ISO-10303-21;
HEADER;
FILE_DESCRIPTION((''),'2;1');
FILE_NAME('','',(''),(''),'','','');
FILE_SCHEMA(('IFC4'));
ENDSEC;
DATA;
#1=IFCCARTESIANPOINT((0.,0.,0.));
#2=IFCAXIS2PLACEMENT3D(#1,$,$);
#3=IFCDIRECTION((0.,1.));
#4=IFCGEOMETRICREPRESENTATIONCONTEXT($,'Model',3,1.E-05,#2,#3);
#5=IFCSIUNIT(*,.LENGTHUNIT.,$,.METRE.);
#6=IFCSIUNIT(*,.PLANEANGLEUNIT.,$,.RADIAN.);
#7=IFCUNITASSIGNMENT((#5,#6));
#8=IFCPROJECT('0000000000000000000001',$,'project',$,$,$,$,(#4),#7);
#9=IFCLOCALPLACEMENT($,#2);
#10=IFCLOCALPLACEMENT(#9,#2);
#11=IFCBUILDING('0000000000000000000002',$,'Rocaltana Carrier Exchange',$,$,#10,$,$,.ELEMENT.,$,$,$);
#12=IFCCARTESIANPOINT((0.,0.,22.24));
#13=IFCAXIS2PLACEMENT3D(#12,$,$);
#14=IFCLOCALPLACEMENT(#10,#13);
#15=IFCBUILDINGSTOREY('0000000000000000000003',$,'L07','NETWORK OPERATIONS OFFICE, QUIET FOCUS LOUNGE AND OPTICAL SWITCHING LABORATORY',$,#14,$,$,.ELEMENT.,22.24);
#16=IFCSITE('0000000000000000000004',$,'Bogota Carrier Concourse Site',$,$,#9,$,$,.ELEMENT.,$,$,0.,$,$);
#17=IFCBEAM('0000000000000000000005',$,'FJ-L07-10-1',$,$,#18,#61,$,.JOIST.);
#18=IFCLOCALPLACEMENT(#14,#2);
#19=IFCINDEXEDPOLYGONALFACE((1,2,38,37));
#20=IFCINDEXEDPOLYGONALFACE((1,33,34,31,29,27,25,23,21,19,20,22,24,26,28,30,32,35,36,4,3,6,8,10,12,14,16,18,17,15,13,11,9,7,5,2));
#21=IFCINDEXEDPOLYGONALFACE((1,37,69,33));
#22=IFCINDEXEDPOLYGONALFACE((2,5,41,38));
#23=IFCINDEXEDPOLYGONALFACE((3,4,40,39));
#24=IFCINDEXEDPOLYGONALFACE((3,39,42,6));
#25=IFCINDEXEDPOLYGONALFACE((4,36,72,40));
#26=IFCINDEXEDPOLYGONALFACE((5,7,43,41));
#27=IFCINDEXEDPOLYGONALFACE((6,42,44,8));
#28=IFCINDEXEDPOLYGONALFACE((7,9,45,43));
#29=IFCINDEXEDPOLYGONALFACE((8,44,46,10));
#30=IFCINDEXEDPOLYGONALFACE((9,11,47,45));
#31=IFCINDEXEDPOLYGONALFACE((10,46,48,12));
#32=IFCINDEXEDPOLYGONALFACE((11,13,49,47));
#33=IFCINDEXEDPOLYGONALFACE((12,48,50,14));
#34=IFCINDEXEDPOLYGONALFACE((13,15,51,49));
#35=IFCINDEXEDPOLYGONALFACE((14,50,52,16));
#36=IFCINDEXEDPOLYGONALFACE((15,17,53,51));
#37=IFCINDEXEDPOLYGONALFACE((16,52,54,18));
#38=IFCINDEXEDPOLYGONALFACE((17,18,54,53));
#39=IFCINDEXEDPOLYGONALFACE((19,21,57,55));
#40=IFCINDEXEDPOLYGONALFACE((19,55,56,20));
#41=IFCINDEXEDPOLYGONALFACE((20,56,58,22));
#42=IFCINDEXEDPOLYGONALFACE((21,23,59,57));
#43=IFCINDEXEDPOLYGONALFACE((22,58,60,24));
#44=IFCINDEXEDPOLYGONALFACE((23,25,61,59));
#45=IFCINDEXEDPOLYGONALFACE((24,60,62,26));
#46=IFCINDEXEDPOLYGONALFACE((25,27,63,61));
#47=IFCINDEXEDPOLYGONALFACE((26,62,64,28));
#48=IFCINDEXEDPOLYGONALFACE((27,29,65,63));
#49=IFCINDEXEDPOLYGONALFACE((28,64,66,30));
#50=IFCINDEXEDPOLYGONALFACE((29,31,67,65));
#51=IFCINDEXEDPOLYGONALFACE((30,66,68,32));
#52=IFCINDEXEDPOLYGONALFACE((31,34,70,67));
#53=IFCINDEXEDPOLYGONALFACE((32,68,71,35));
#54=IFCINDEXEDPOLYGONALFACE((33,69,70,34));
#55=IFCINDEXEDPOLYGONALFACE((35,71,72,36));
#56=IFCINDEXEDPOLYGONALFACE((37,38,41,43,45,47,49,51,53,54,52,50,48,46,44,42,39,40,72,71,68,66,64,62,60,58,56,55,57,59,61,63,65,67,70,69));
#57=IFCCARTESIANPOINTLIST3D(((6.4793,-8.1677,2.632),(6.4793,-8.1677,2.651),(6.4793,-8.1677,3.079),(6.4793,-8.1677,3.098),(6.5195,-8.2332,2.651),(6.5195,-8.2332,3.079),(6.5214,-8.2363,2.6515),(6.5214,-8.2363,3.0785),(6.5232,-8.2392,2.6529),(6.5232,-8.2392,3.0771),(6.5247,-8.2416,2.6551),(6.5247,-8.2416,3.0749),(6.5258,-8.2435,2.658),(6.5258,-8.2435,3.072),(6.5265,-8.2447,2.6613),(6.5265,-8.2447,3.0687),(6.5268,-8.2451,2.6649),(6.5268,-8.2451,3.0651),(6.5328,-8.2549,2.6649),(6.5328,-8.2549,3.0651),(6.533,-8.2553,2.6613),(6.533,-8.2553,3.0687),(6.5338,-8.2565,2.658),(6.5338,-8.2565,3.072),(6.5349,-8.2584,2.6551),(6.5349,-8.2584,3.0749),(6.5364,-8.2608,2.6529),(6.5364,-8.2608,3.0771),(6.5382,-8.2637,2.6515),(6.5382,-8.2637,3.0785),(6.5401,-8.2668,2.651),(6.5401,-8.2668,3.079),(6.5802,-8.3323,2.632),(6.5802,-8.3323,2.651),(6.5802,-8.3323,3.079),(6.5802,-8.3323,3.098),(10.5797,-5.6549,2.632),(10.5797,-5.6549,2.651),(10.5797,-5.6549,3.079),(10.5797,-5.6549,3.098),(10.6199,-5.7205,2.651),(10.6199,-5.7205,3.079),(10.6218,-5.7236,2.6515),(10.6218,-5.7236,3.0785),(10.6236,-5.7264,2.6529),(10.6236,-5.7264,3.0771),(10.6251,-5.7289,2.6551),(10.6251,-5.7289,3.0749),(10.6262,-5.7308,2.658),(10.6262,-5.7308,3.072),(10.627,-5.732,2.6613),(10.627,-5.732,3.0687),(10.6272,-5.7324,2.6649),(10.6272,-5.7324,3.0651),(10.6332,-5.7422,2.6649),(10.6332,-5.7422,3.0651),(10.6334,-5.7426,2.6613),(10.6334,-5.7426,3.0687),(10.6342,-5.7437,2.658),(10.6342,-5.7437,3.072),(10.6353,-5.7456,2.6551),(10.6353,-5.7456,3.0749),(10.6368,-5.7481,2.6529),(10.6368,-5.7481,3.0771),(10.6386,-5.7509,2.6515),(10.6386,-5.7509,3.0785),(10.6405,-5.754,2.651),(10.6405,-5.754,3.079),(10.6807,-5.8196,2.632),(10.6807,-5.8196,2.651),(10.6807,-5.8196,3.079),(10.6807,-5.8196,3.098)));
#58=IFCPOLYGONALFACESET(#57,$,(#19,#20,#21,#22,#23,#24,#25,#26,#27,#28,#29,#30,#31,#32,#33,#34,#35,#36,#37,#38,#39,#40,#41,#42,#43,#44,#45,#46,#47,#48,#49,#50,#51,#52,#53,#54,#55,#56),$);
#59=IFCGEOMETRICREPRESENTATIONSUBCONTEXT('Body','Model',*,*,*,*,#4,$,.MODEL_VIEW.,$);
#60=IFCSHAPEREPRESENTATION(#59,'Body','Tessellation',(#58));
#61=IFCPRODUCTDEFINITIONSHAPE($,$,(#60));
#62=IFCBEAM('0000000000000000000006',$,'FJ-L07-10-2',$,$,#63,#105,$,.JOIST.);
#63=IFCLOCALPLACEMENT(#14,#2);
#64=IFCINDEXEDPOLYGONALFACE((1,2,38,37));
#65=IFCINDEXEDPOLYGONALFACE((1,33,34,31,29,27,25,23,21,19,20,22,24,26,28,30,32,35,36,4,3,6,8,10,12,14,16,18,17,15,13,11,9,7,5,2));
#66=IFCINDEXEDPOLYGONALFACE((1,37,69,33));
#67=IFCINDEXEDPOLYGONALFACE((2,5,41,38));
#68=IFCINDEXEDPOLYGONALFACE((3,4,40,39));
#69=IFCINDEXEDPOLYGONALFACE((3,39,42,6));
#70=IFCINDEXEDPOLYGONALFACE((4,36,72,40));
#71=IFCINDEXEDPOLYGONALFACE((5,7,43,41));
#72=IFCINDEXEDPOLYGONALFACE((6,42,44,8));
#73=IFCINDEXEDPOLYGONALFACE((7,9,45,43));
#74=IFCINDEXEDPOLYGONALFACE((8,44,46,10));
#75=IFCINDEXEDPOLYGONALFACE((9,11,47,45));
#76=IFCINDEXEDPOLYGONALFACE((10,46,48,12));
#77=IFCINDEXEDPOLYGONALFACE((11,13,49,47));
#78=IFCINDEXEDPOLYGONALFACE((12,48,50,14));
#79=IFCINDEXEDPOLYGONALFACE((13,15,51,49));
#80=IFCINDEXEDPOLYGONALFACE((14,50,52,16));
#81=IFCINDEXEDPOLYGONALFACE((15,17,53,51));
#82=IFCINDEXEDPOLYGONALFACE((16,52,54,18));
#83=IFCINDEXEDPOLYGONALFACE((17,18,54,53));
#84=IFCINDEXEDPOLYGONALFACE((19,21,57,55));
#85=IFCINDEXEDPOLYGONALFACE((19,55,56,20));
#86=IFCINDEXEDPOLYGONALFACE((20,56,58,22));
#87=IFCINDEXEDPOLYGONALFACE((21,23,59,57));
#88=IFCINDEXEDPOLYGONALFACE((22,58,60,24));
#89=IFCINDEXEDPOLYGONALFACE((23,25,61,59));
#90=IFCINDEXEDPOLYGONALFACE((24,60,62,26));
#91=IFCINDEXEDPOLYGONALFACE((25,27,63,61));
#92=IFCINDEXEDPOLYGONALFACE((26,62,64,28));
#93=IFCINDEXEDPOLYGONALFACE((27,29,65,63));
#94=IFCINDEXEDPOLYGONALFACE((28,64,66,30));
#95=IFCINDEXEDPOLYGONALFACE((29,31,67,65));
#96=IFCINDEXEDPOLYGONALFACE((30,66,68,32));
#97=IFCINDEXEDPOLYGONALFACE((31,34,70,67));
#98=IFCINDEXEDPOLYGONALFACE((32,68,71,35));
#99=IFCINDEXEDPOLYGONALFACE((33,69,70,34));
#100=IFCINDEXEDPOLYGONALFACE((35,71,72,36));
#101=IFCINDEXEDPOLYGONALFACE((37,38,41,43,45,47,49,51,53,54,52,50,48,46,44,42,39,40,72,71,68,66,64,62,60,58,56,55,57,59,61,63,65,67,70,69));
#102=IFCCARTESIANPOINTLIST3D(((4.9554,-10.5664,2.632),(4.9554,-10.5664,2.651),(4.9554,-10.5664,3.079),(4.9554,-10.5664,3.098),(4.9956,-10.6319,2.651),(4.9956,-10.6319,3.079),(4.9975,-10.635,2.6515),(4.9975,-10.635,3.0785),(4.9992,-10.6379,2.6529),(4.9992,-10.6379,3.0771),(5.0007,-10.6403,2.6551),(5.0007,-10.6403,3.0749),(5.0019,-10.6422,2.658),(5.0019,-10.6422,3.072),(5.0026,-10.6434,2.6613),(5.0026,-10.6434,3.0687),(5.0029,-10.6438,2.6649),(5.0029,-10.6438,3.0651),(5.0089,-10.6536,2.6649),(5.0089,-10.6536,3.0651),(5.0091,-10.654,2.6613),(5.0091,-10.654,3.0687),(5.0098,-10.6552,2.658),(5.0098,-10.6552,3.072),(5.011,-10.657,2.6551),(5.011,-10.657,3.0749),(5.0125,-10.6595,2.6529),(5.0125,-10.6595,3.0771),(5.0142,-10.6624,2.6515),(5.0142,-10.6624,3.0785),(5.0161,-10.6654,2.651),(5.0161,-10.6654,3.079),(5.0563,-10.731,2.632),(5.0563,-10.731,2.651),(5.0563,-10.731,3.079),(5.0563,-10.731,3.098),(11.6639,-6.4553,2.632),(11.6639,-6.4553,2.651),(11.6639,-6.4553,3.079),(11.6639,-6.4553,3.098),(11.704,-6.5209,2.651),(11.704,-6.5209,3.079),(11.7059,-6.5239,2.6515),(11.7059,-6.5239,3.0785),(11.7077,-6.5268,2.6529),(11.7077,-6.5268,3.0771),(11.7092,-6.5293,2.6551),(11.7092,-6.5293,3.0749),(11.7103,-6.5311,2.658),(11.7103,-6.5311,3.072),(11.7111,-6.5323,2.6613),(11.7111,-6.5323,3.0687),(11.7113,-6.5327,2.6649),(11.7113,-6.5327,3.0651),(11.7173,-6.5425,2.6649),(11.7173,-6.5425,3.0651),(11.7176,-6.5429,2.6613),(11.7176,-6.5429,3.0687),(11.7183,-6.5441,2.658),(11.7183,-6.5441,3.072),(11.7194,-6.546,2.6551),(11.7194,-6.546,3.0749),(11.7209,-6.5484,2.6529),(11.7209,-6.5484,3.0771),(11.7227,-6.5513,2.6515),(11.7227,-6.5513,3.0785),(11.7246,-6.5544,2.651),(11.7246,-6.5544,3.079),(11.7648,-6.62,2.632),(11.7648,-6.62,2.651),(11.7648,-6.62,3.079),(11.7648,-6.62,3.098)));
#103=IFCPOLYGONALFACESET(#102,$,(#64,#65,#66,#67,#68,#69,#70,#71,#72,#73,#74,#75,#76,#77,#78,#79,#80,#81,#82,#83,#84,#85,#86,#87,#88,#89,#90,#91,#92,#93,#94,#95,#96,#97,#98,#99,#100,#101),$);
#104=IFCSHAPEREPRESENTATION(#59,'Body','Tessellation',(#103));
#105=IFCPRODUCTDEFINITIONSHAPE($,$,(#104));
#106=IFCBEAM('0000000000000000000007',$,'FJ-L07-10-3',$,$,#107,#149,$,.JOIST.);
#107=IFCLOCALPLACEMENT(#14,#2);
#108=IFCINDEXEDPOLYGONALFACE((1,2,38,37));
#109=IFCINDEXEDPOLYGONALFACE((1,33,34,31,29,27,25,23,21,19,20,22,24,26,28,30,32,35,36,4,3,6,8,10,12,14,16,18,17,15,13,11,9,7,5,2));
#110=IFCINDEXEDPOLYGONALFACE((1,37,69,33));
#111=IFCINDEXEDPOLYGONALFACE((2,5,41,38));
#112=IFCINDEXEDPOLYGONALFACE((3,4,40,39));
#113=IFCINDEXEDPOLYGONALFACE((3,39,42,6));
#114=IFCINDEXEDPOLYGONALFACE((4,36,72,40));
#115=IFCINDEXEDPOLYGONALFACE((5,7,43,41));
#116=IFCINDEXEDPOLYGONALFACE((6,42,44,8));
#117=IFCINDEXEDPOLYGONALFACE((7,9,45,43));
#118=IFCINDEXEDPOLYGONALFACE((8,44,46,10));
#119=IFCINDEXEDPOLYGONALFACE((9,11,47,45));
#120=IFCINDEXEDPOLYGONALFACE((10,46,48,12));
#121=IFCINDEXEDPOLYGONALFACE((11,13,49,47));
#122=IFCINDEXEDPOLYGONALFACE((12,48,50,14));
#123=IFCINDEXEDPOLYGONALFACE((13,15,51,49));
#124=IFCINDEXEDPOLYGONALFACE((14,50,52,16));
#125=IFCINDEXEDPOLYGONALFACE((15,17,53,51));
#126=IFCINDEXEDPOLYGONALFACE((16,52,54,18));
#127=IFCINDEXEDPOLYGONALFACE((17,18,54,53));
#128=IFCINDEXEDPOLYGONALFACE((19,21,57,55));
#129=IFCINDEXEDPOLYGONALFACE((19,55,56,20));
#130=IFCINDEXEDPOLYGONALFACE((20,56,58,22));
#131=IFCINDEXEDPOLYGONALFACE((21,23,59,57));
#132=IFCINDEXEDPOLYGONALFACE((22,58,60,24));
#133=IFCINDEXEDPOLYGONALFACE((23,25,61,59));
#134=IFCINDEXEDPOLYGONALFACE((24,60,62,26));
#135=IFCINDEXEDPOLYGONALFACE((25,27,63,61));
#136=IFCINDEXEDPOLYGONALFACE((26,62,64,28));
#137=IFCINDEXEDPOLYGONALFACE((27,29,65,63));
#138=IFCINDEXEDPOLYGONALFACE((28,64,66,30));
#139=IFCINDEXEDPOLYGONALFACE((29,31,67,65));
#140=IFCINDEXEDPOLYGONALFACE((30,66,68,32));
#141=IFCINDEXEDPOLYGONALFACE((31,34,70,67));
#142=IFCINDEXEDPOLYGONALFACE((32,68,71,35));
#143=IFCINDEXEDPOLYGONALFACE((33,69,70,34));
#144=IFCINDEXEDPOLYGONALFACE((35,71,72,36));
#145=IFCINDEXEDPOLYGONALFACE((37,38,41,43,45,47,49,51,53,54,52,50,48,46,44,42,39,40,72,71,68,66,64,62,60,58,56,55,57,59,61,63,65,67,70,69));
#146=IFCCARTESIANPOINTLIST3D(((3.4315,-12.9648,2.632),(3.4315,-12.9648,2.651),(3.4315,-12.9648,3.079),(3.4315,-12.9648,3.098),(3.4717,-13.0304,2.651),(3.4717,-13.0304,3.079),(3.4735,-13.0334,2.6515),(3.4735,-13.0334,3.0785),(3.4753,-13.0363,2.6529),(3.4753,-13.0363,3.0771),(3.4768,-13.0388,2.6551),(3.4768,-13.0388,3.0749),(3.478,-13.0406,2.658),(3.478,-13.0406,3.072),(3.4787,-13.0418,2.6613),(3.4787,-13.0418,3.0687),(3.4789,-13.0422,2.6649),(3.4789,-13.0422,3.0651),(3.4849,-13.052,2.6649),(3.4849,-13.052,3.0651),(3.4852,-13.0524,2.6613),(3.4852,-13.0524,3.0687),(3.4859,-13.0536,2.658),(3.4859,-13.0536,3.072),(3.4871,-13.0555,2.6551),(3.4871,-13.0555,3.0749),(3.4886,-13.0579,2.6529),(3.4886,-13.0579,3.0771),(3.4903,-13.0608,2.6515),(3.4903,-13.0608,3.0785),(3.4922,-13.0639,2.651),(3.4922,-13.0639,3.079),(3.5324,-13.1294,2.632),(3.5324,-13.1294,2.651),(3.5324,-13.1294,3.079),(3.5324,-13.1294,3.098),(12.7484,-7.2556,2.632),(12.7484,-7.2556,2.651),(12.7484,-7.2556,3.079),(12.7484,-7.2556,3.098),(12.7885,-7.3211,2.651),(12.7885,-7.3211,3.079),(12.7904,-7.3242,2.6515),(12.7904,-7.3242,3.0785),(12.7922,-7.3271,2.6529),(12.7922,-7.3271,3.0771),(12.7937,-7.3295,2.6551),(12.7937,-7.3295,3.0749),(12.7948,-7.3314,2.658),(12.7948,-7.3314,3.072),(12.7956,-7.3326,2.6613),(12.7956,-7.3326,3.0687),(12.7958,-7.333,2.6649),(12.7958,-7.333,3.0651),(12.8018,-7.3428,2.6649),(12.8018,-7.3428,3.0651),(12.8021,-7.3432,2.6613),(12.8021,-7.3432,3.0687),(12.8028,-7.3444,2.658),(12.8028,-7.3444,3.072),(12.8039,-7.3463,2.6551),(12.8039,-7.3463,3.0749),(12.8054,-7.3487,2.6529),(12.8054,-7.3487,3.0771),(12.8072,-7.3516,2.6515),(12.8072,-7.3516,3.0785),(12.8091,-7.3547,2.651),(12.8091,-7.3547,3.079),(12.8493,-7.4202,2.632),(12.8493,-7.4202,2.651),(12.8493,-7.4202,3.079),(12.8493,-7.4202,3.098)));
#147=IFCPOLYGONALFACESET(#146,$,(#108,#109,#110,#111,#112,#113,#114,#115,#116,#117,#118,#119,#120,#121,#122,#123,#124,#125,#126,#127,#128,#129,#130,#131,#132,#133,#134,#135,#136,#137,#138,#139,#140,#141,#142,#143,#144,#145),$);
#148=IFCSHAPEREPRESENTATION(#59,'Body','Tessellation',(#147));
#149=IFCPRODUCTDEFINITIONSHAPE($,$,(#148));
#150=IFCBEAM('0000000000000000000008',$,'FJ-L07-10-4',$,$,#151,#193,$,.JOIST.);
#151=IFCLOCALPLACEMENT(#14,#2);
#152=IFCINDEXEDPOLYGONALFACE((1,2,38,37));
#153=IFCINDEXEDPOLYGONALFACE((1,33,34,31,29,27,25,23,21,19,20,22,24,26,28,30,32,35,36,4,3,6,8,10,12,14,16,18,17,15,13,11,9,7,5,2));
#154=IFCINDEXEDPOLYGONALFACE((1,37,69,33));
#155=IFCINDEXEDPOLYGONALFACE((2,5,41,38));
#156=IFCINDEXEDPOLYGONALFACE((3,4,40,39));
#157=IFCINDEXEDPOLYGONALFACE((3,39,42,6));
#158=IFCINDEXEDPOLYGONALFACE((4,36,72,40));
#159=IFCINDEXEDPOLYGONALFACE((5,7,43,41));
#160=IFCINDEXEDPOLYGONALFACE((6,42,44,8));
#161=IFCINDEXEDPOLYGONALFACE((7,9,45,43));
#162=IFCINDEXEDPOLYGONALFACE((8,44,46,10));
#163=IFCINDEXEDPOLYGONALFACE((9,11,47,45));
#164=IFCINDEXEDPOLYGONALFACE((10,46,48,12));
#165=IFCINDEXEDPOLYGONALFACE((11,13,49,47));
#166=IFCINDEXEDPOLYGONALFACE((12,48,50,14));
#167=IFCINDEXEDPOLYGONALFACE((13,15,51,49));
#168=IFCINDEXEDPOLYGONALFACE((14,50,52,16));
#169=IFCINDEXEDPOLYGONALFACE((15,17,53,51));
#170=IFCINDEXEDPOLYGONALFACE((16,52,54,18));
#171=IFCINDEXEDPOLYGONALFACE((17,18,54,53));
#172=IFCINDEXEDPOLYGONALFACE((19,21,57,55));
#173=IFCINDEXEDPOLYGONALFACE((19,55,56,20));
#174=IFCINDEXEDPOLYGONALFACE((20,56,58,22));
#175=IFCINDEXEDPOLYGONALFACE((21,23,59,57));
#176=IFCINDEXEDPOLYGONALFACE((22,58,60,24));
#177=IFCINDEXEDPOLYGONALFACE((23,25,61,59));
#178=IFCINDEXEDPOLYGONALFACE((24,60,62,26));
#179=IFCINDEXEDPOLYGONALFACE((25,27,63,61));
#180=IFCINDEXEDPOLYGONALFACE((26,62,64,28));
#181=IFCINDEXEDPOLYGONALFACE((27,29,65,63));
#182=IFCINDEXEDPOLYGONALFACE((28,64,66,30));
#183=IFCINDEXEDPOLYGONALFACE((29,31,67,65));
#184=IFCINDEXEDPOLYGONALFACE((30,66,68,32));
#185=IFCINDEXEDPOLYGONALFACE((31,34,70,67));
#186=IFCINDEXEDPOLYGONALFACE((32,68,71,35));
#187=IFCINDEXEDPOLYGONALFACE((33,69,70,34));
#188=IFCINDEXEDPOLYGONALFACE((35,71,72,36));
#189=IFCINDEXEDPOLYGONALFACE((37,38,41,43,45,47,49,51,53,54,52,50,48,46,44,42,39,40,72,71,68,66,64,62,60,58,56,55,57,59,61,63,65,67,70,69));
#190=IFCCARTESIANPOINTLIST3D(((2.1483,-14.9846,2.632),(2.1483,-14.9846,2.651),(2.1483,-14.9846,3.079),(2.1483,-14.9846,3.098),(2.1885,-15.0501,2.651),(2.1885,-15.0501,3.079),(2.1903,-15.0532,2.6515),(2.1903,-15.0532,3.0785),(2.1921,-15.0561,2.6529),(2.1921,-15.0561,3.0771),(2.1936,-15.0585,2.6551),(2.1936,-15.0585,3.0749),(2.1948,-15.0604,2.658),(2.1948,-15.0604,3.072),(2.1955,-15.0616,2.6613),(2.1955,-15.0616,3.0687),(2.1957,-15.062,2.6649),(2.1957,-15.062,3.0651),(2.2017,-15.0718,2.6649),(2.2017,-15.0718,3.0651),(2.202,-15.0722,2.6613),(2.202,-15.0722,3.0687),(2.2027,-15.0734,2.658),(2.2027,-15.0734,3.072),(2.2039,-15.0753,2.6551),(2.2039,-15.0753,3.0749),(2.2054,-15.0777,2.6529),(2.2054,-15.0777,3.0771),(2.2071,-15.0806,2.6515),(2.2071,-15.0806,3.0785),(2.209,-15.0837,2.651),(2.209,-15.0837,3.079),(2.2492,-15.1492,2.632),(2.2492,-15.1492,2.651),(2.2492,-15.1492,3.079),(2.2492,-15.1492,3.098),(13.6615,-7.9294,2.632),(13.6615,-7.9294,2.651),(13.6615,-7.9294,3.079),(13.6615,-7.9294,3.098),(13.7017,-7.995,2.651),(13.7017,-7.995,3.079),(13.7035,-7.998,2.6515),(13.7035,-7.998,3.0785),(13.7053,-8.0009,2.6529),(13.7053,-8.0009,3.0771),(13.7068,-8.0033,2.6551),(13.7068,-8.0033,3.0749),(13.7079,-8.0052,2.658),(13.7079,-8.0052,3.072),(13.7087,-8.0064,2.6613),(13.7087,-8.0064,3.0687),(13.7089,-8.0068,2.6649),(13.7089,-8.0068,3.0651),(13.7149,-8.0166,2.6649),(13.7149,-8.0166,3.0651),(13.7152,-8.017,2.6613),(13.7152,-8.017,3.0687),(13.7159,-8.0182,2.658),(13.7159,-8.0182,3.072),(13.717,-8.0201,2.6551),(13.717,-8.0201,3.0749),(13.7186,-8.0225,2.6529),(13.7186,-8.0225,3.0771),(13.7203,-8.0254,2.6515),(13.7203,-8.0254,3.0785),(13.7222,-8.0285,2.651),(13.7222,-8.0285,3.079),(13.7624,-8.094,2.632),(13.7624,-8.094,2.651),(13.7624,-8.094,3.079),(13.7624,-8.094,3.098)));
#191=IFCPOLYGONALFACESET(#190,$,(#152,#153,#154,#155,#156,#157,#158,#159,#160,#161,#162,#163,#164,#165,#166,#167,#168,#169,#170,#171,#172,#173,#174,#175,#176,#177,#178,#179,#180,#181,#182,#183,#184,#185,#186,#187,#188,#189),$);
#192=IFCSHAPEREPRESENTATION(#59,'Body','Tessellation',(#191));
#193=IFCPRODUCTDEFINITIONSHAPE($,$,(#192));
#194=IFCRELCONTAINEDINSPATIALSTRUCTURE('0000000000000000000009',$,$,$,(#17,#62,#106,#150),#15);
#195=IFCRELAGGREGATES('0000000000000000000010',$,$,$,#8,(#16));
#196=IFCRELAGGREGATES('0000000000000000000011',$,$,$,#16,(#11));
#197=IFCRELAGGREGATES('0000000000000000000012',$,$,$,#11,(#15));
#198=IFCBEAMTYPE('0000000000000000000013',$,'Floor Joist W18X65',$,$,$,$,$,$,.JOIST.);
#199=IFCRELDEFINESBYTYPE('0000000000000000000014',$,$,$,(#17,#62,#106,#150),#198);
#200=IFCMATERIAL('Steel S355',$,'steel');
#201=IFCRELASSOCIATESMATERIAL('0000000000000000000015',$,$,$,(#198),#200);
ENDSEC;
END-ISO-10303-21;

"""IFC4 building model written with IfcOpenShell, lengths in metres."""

from ifc_helpers import new_model, si_unit, direction, frame, origin, origin_2d, place, context, subcontext, project, spatial, i_section, extrude, material, material_profile, profile_set, type_object, element, save


model = new_model("IFC4")

# Units and contexts
model_context = context("Model", 3, precision=1e-05, world=origin(), true_north=direction((0.0, 1.0)))
body_context = subcontext(model_context, "Body", "Model", "MODEL_VIEW")
ifc_project = project(units=[si_unit("LENGTHUNIT", "METRE"), si_unit("PLANEANGLEUNIT", "RADIAN")], contexts=[model_context])

# Site, building, storey
site_placement = place(None, origin())
site = spatial("IfcSite", under=ifc_project, at=site_placement, Name="Bogota Carrier Concourse Site", CompositionType="ELEMENT", RefElevation=0.0)
building_placement = place(site_placement, origin())
building = spatial("IfcBuilding", under=site, at=building_placement, Name="Rocaltana Carrier Exchange", CompositionType="ELEMENT")
storey_placement = place(building_placement, frame((0.0, 0.0, 22.24)))
storey = spatial("IfcBuildingStorey", under=building, at=storey_placement, Name="L07", Description="NETWORK OPERATIONS OFFICE, QUIET FOCUS LOUNGE AND OPTICAL SWITCHING LABORATORY", CompositionType="ELEMENT", Elevation=22.24)

# Beams
ifc_material_1 = material(Name="Steel S355", Category="steel")
ifc_material_profile_1 = material_profile(ifc_material_1, i_section(OverallWidth=0.1931, OverallDepth=0.4661, WebThickness=0.0115, FlangeThickness=0.019, FilletRadius=0.0139, at=origin_2d()), Name="W18X65")
ifc_profile_set_1 = profile_set([ifc_material_profile_1], Name="Steel S355")
beam_type_1 = type_object("IfcBeamType", Name="Floor Joist W18X65", PredefinedType="JOIST", material=ifc_profile_set_1)
beam_1_placement = place(storey_placement, frame((6.5298, -8.25, 2.865), z_axis=(0.85264, 0.522499, 0.0), x_axis=(-0.522499, 0.85264, 0.0)))
element("IfcBeam", 1, at=beam_1_placement, inside=storey, type_object=beam_type_1, Name="FJ-L07-10-1", PredefinedType="JOIST", context=body_context, shape_type="SweptSolid", body=[
    extrude(i_section(OverallWidth=0.1931, OverallDepth=0.4661, WebThickness=0.0115, FlangeThickness=0.019, FilletRadius=0.0139, at=origin_2d()), origin(), (0.0, 0.0, 1.0), 4.8091),
])
beam_2_placement = place(storey_placement, frame((5.0059, -10.6487, 2.865), z_axis=(0.852634, 0.522509, 0.0), x_axis=(-0.522509, 0.852634, 0.0)))
element("IfcBeam", 2, at=beam_2_placement, inside=storey, type_object=beam_type_1, Name="FJ-L07-10-2", PredefinedType="JOIST", context=body_context, shape_type="SweptSolid", body=[
    extrude(i_section(OverallWidth=0.1931, OverallDepth=0.4661, WebThickness=0.0115, FlangeThickness=0.019, FilletRadius=0.0139, at=origin_2d()), origin(), (0.0, 0.0, 1.0), 7.8679),
])
beam_3_placement = place(storey_placement, frame((3.4819, -13.0471, 2.865), z_axis=(0.852647, 0.522487, 0.0), x_axis=(-0.522487, 0.852647, 0.0)))
element("IfcBeam", 3, at=beam_3_placement, inside=storey, type_object=beam_type_1, Name="FJ-L07-10-3", PredefinedType="JOIST", context=body_context, shape_type="SweptSolid", body=[
    extrude(i_section(OverallWidth=0.1931, OverallDepth=0.4661, WebThickness=0.0115, FlangeThickness=0.019, FilletRadius=0.0139, at=origin_2d()), origin(), (0.0, 0.0, 1.0), 10.927),
])
beam_4_placement = place(storey_placement, frame((2.1987, -15.0669, 2.865), z_axis=(0.852644, 0.522493, 0.0), x_axis=(-0.522493, 0.852644, 0.0)))
element("IfcBeam", 4, at=beam_4_placement, inside=storey, type_object=beam_type_1, Name="FJ-L07-10-4", PredefinedType="JOIST", context=body_context, shape_type="SweptSolid", body=[
    extrude(i_section(OverallWidth=0.1931, OverallDepth=0.4661, WebThickness=0.0115, FlangeThickness=0.019, FilletRadius=0.0139, at=origin_2d()), origin(), (0.0, 0.0, 1.0), 13.5029),
])

save(model, "model.ifc")
